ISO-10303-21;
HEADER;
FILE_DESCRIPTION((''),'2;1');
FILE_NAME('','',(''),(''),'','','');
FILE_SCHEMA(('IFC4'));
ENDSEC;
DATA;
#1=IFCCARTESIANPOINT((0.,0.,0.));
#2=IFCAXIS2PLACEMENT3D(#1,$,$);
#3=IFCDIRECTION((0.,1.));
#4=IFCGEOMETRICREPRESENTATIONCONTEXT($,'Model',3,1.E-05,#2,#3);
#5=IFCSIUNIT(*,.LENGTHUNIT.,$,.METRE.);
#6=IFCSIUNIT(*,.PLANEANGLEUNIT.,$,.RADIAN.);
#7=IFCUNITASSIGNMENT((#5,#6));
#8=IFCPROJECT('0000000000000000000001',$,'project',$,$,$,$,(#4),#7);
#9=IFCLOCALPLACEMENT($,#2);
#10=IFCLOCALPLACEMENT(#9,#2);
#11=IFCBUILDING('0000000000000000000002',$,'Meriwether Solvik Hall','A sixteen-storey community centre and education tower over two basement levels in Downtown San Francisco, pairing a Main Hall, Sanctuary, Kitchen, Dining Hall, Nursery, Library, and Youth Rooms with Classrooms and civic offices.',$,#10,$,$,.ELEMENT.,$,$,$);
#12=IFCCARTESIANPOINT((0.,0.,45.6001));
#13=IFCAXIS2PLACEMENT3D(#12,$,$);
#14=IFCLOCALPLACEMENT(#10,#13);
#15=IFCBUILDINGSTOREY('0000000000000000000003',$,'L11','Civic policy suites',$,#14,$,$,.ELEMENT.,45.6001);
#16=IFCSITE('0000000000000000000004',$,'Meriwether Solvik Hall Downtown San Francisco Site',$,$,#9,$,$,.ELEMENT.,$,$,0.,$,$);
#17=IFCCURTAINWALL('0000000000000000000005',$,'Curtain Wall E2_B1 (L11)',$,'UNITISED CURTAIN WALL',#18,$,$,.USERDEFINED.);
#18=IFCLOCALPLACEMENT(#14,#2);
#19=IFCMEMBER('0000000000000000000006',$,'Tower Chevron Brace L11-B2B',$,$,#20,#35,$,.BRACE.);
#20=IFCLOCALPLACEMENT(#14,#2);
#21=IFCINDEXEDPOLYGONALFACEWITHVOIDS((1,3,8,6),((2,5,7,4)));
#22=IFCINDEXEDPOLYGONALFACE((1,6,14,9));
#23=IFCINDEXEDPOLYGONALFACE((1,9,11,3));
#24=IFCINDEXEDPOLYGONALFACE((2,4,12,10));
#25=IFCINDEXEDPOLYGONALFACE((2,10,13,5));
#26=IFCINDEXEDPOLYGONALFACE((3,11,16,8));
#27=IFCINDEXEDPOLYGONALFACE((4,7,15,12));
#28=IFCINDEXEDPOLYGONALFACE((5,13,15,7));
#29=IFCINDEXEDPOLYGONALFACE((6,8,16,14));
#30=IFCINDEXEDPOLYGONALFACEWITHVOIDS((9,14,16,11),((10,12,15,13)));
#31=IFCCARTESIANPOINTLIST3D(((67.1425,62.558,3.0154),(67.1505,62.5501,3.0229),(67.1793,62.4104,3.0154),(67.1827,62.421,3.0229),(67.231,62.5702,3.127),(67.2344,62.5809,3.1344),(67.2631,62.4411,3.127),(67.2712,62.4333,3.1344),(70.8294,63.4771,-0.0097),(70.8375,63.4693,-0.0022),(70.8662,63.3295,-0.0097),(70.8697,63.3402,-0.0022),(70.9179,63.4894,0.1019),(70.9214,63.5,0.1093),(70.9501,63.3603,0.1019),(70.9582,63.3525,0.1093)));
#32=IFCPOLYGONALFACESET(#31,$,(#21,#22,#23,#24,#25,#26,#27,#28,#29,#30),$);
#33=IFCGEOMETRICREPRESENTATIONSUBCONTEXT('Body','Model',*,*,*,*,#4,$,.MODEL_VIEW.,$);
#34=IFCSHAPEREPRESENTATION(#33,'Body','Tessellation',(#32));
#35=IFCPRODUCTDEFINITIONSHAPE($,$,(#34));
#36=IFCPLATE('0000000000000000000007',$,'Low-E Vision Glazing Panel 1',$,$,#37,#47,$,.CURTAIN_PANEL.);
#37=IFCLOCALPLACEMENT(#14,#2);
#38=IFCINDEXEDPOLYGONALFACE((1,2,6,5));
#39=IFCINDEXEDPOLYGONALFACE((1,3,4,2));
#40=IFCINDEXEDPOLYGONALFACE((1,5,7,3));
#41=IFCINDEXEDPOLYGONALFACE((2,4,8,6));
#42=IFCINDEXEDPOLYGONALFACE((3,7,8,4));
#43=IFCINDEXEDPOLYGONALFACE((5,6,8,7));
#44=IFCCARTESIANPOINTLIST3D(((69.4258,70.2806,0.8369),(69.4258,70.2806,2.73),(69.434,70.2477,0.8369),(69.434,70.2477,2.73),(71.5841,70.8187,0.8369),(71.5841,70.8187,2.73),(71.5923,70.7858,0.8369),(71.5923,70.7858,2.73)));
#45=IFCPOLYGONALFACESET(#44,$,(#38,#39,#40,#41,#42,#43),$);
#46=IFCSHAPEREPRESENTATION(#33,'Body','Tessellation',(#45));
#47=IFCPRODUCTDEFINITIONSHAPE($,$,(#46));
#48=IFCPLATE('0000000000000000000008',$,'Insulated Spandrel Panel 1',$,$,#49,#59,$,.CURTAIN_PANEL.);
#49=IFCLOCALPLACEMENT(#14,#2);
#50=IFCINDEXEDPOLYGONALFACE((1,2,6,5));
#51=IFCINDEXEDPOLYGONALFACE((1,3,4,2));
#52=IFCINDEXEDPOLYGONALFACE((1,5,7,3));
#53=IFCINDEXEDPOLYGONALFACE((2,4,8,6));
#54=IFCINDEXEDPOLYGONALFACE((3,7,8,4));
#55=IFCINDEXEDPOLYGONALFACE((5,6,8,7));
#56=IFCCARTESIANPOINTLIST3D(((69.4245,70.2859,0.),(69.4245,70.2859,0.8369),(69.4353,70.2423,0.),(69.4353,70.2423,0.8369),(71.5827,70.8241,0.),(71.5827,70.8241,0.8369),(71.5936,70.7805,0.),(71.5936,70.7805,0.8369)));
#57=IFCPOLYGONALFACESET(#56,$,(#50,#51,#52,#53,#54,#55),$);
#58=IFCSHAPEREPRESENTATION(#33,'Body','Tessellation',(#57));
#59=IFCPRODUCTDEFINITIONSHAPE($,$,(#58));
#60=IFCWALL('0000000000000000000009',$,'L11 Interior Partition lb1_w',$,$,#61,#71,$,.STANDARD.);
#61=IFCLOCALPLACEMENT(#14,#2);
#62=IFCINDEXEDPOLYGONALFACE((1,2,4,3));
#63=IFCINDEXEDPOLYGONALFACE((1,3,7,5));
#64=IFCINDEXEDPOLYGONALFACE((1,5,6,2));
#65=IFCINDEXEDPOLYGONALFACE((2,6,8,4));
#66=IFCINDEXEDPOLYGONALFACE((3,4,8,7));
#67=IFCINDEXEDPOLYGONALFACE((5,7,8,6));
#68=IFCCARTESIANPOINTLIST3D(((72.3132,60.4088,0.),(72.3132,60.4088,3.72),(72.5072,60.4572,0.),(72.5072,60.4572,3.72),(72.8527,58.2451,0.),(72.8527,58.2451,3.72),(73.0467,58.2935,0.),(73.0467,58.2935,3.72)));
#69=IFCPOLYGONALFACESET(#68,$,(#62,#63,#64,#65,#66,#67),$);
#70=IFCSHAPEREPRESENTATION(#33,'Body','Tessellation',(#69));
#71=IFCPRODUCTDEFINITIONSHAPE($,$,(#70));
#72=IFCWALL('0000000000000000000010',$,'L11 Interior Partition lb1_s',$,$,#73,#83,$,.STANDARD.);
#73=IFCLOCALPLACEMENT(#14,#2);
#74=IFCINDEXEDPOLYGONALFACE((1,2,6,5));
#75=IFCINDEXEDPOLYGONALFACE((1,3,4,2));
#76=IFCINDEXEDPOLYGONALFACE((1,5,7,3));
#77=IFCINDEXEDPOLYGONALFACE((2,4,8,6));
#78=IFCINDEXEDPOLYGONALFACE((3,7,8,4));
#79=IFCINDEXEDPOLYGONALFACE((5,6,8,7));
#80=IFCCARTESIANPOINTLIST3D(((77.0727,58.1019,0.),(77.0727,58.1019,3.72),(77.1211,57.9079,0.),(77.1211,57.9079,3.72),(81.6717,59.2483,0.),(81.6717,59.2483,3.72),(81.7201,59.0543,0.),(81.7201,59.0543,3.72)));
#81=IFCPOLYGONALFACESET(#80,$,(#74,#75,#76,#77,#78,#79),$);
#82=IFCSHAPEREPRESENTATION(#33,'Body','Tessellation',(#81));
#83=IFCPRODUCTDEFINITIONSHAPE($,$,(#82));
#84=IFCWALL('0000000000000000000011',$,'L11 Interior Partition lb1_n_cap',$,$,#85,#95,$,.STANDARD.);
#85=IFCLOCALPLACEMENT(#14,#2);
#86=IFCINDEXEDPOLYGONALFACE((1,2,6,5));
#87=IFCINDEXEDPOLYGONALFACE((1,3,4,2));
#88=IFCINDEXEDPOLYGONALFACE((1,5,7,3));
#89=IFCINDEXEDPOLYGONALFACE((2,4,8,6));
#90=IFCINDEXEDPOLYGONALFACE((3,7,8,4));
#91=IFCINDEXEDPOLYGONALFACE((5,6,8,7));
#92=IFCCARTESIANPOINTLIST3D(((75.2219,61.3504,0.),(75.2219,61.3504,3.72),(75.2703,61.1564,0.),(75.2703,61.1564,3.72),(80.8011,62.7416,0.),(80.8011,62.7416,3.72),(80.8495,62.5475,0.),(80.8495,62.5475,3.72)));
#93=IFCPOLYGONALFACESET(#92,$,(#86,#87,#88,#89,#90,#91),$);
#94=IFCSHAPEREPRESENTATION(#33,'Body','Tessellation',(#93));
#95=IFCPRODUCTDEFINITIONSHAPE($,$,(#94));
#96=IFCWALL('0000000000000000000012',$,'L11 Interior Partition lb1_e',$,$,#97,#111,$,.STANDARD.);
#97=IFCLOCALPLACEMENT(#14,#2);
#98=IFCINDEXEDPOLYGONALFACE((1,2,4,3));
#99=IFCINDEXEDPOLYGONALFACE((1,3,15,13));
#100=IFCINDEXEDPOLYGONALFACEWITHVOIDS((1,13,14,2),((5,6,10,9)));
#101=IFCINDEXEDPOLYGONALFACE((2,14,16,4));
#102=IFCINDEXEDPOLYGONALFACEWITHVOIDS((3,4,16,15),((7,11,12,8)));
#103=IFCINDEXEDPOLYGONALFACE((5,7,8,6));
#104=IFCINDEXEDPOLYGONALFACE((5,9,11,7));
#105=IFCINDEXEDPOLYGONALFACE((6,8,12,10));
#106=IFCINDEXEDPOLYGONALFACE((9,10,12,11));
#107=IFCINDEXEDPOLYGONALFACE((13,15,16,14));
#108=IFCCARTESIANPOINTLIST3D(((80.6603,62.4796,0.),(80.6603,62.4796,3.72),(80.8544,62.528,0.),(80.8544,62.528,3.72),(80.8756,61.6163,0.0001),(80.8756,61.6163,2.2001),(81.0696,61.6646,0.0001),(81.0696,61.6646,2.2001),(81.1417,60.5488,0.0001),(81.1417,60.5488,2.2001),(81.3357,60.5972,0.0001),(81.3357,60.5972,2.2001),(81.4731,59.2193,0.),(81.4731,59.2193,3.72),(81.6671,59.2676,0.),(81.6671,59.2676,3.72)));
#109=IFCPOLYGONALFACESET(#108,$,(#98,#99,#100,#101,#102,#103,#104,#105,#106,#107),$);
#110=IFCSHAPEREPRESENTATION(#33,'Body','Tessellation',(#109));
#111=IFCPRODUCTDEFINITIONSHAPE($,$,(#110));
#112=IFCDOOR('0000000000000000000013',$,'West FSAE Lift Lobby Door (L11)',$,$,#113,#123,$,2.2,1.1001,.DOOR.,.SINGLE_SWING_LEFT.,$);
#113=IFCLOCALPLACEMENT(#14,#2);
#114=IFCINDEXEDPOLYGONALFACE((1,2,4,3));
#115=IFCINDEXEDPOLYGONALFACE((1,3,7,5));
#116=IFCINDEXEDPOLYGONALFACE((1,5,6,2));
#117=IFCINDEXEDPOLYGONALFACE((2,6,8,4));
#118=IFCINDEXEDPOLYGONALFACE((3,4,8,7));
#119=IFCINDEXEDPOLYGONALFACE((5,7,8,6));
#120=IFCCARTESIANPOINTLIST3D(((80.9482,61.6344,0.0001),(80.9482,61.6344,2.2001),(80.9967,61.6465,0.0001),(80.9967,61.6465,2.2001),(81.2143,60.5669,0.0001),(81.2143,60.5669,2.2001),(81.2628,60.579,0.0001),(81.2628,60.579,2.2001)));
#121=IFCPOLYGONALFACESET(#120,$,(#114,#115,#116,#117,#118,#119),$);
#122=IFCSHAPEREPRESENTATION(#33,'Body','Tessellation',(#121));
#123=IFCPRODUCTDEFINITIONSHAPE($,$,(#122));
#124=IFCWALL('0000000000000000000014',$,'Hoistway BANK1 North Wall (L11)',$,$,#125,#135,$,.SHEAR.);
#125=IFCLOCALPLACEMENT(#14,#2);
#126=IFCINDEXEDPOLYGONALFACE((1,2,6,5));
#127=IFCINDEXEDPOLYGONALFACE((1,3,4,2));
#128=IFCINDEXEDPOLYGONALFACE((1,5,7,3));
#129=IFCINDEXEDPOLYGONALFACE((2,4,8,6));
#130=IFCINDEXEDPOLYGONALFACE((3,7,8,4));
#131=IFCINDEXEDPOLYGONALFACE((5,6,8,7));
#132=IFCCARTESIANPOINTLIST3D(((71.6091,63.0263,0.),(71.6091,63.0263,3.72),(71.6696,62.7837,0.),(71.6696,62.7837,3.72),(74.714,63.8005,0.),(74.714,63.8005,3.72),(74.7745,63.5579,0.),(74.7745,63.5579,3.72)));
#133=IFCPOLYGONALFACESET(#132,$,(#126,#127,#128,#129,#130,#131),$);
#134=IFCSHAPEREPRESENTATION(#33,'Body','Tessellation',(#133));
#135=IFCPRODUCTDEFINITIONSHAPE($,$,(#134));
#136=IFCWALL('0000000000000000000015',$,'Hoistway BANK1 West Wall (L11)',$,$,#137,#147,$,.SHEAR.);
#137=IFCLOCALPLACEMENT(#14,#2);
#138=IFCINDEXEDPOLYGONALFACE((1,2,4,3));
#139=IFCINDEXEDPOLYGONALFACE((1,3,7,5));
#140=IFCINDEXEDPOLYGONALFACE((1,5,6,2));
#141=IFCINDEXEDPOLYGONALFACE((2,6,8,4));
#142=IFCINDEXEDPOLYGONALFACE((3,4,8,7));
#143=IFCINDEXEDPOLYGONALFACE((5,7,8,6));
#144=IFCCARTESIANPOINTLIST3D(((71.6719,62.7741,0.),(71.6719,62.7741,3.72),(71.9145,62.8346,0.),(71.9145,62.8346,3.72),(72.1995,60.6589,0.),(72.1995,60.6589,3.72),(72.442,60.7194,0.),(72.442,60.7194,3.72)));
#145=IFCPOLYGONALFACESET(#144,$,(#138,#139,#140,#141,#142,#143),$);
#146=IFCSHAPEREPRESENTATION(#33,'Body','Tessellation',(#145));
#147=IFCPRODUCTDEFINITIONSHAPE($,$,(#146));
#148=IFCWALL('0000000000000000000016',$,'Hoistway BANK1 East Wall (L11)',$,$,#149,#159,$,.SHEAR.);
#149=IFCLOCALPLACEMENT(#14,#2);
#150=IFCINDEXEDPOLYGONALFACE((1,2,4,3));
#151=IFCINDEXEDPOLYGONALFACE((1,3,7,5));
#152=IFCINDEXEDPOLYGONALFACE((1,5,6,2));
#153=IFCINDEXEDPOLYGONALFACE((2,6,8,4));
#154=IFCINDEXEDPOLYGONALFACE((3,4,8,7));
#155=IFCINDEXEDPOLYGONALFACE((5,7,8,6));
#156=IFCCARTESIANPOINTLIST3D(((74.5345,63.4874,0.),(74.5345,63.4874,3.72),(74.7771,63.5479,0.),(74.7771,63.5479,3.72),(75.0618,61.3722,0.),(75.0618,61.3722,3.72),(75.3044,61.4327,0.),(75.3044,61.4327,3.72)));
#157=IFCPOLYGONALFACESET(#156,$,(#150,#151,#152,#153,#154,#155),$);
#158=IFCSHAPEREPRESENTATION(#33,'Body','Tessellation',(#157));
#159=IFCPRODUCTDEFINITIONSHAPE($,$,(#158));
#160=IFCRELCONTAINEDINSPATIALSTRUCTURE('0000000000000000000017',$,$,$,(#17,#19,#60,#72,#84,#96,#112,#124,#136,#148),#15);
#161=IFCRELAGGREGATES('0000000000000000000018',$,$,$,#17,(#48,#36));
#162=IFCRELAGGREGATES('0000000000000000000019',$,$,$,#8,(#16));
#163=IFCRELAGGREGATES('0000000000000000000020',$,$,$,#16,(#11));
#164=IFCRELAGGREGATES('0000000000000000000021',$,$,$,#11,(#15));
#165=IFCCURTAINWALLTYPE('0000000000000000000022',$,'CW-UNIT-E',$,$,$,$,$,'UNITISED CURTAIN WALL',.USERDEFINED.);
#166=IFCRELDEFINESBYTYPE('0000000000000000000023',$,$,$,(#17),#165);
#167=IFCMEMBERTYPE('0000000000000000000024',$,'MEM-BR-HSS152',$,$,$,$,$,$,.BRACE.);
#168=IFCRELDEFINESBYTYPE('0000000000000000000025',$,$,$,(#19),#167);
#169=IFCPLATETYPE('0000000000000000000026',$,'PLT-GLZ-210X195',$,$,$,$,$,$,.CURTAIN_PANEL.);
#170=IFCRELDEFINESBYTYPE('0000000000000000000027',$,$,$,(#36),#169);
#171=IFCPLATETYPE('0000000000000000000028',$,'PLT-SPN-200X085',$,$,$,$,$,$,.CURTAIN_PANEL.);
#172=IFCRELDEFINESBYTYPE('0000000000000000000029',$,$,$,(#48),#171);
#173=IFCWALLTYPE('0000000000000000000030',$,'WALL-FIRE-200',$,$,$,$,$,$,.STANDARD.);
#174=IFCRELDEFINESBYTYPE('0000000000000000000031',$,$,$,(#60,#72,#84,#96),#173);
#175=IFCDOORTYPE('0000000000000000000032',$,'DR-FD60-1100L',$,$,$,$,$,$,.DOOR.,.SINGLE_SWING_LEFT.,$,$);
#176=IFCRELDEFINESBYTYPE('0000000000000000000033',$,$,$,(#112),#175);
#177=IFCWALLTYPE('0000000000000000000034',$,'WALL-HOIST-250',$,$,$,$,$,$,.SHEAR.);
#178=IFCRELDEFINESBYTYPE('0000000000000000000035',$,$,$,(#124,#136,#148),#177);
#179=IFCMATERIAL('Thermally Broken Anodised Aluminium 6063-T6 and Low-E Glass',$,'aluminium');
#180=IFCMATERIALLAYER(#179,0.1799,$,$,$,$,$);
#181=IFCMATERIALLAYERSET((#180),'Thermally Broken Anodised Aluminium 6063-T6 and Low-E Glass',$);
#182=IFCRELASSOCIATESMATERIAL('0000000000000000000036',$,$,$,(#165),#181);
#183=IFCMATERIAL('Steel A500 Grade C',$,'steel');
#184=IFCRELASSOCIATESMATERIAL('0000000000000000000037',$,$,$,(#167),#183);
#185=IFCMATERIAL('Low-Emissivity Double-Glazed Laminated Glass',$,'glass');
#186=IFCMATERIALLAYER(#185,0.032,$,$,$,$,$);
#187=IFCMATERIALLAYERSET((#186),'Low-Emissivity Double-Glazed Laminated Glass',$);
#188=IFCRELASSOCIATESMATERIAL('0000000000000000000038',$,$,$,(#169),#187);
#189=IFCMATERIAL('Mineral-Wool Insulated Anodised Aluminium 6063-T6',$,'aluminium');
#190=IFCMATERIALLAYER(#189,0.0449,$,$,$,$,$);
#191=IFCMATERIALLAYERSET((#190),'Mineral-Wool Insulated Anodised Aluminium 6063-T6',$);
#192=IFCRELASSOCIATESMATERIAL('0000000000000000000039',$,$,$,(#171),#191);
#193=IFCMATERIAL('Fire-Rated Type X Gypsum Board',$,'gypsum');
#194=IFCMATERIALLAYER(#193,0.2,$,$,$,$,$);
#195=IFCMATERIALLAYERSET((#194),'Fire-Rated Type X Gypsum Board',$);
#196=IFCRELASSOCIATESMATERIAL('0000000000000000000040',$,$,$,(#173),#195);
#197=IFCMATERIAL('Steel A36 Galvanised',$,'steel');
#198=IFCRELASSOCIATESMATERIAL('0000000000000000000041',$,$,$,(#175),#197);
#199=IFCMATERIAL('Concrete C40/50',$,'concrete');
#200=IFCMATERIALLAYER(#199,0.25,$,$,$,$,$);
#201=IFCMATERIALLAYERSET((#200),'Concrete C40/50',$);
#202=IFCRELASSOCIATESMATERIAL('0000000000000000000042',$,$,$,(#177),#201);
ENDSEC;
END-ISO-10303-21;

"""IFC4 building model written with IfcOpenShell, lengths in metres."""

from ifc_helpers import new_model, si_unit, direction, frame, frame_2d, origin, origin_2d, place, context, subcontext, project, spatial, rectangle, hollow_rectangle, extrude, material, layer, layer_set, material_profile, profile_set, type_object, element, fill, aggregate, save


model = new_model("IFC4")

# Units and contexts
model_context = context("Model", 3, precision=1e-05, world=origin(), true_north=direction((0.0, 1.0)))
body_context = subcontext(model_context, "Body", "Model", "MODEL_VIEW")
ifc_project = project(units=[si_unit("LENGTHUNIT", "METRE"), si_unit("PLANEANGLEUNIT", "RADIAN")], contexts=[model_context])

# Site, building, storey
site_placement = place(None, origin())
site = spatial("IfcSite", under=ifc_project, at=site_placement, Name="Meriwether Solvik Hall Downtown San Francisco Site", CompositionType="ELEMENT", RefElevation=0.0)
building_placement = place(site_placement, origin())
building = spatial("IfcBuilding", under=site, at=building_placement, Name="Meriwether Solvik Hall", Description="A sixteen-storey community centre and education tower over two basement levels in Downtown San Francisco, pairing a Main Hall, Sanctuary, Kitchen, Dining Hall, Nursery, Library, and Youth Rooms with Classrooms and civic offices.", CompositionType="ELEMENT")
storey_placement = place(building_placement, frame((0.0, 0.0, 45.6001)))
storey = spatial("IfcBuildingStorey", under=building, at=storey_placement, Name="L11", Description="Civic policy suites", CompositionType="ELEMENT", Elevation=45.6001)

# Curtain wall
ifc_material_1 = material(Name="Thermally Broken Anodised Aluminium 6063-T6 and Low-E Glass", Category="aluminium")
ifc_layer_1 = layer(ifc_material_1, 0.1799)
ifc_layer_set_1 = layer_set([ifc_layer_1], Name="Thermally Broken Anodised Aluminium 6063-T6 and Low-E Glass")
curtain_wall_type = type_object("IfcCurtainWallType", Name="CW-UNIT-E", ElementType="UNITISED CURTAIN WALL", PredefinedType="USERDEFINED", material=ifc_layer_set_1)
curtain_wall_placement = place(storey_placement, origin())
curtain_wall = element("IfcCurtainWall", 1, at=curtain_wall_placement, inside=storey, type_object=curtain_wall_type, Name="Curtain Wall E2_B1 (L11)", ObjectType="UNITISED CURTAIN WALL", PredefinedType="USERDEFINED")

# Member
ifc_material_2 = material(Name="Steel A500 Grade C", Category="steel")
ifc_material_profile_1 = material_profile(ifc_material_2, hollow_rectangle(XDim=0.1521, YDim=0.1521, WallThickness=0.0095, at=origin_2d()), Name="HSS152X152X9.5")
ifc_profile_set_1 = profile_set([ifc_material_profile_1], Name="Steel A500 Grade C")
member_type_1 = type_object("IfcMemberType", Name="MEM-BR-HSS152", PredefinedType="BRACE", material=ifc_profile_set_1)
member_1_placement = place(storey_placement, frame((70.8938, 63.4148, 0.0498), z_axis=(-0.759113, -0.18925, 0.622842), x_axis=(0.241901, -0.970301, 0.0)))
element("IfcMember", 2, at=member_1_placement, inside=storey, type_object=member_type_1, Name="Tower Chevron Brace L11-B2B", PredefinedType="BRACE", context=body_context, shape_type="SweptSolid", body=[
    extrude(hollow_rectangle(XDim=0.1521, YDim=0.1521, WallThickness=0.0095, at=origin_2d()), origin(), (0.0, 0.0, 1.0), 4.8569),
])

# Plates
ifc_material_3 = material(Name="Low-Emissivity Double-Glazed Laminated Glass", Category="glass")
ifc_layer_2 = layer(ifc_material_3, 0.032)
ifc_layer_set_2 = layer_set([ifc_layer_2], Name="Low-Emissivity Double-Glazed Laminated Glass")
plate_type_1 = type_object("IfcPlateType", Name="PLT-GLZ-210X195", PredefinedType="CURTAIN_PANEL", material=ifc_layer_set_2)
plate_1_placement = place(storey_placement, frame((70.509, 70.5332, 0.8369), z_axis=(0.0, 0.0, 1.0), x_axis=(0.970296, 0.241922, 0.0)))
plate_1 = element("IfcPlate", 3, at=plate_1_placement, type_object=plate_type_1, Name="Low-E Vision Glazing Panel 1", PredefinedType="CURTAIN_PANEL", context=body_context, shape_type="SweptSolid", body=[
    extrude(rectangle(XDim=2.2244, YDim=0.0339, at=origin_2d()), origin(), (0.0, 0.0, 1.0), 1.8931),
])
ifc_material_4 = material(Name="Mineral-Wool Insulated Anodised Aluminium 6063-T6", Category="aluminium")
ifc_layer_3 = layer(ifc_material_4, 0.0449)
ifc_layer_set_3 = layer_set([ifc_layer_3], Name="Mineral-Wool Insulated Anodised Aluminium 6063-T6")
plate_type_2 = type_object("IfcPlateType", Name="PLT-SPN-200X085", PredefinedType="CURTAIN_PANEL", material=ifc_layer_set_3)
plate_2_placement = place(storey_placement, frame((70.509, 70.5332, 0.0), z_axis=(0.0, 0.0, 1.0), x_axis=(0.970296, 0.241922, 0.0)))
plate_2 = element("IfcPlate", 4, at=plate_2_placement, type_object=plate_type_2, Name="Insulated Spandrel Panel 1", PredefinedType="CURTAIN_PANEL", context=body_context, shape_type="SweptSolid", body=[
    extrude(rectangle(XDim=2.2244, YDim=0.0449, at=origin_2d()), origin(), (0.0, 0.0, 1.0), 0.8369),
])
aggregate(curtain_wall, [plate_2, plate_1])

# Walls
ifc_material_5 = material(Name="Fire-Rated Type X Gypsum Board", Category="gypsum")
ifc_layer_4 = layer(ifc_material_5, 0.2)
ifc_layer_set_4 = layer_set([ifc_layer_4], Name="Fire-Rated Type X Gypsum Board")
wall_type_1 = type_object("IfcWallType", Name="WALL-FIRE-200", PredefinedType="STANDARD", material=ifc_layer_set_4)
wall_1_placement = place(storey_placement, frame((72.9497, 58.2693, 0.0), z_axis=(0.0, 0.0, 1.0), x_axis=(-0.241943, 0.97029, 0.0)))
element("IfcWall", 5, at=wall_1_placement, inside=storey, type_object=wall_type_1, Name="L11 Interior Partition lb1_w", PredefinedType="STANDARD", context=body_context, shape_type="SweptSolid", body=[
    extrude(rectangle(XDim=2.23, YDim=0.2, at=frame_2d((1.115, 0.0))), origin(), (0.0, 0.0, 1.0), 3.72),
])
wall_2_placement = place(storey_placement, frame((77.0969, 58.0049, 0.0), z_axis=(0.0, 0.0, 1.0), x_axis=(0.970306, 0.241881, 0.0)))
element("IfcWall", 6, at=wall_2_placement, inside=storey, type_object=wall_type_1, Name="L11 Interior Partition lb1_s", PredefinedType="STANDARD", context=body_context, shape_type="SweptSolid", body=[
    extrude(rectangle(XDim=4.7397, YDim=0.2, at=frame_2d((2.3699, 0.0))), origin(), (0.0, 0.0, 1.0), 3.72),
])
wall_3_placement = place(storey_placement, frame((75.2461, 61.2534, 0.0), z_axis=(0.0, 0.0, 1.0), x_axis=(0.970292, 0.241936, 0.0)))
element("IfcWall", 7, at=wall_3_placement, inside=storey, type_object=wall_type_1, Name="L11 Interior Partition lb1_n_cap", PredefinedType="STANDARD", context=body_context, shape_type="SweptSolid", body=[
    extrude(rectangle(XDim=5.75, YDim=0.2, at=frame_2d((2.875, 0.0))), origin(), (0.0, 0.0, 1.0), 3.72),
])

# Wall, opening, door
wall_4_placement = place(storey_placement, frame((80.7573, 62.5039, 0.0), z_axis=(0.0, 0.0, 1.0), x_axis=(0.241886, -0.970305, 0.0)))
wall_4 = element("IfcWall", 8, at=wall_4_placement, inside=storey, type_object=wall_type_1, Name="L11 Interior Partition lb1_e", PredefinedType="STANDARD", context=body_context, shape_type="SweptSolid", body=[
    extrude(rectangle(XDim=3.3601, YDim=0.2, at=frame_2d((1.6802, 0.0))), origin(), (0.0, 0.0, 1.0), 3.72),
])
opening_1_placement = place(wall_4_placement, frame((0.8899, 0.0, 0.0)))
opening_1 = element("IfcOpeningElement", 9, at=opening_1_placement, cuts=wall_4, PredefinedType="OPENING", context=body_context, shape_type="SweptSolid", body=[
    extrude(rectangle(XDim=1.1001, YDim=2.2, at=frame_2d((0.55, 1.1001))), frame((0.0, 0.1118, 0.0), z_axis=(0.0, -1.0, 0.0), x_axis=(1.0, 0.0, 0.0)), (0.0, 0.0, 1.0), 0.2239),
])
ifc_material_6 = material(Name="Steel A36 Galvanised", Category="steel")
door_type_1 = type_object("IfcDoorType", Name="DR-FD60-1100L", OperationType="SINGLE_SWING_LEFT", PredefinedType="DOOR", material=ifc_material_6)
door_1_placement = place(opening_1_placement, origin())
door_1 = element("IfcDoor", 10, at=door_1_placement, inside=storey, type_object=door_type_1, Name="West FSAE Lift Lobby Door (L11)", OperationType="SINGLE_SWING_LEFT", OverallHeight=2.2, OverallWidth=1.1001, PredefinedType="DOOR", context=body_context, shape_type="SweptSolid", body=[
    extrude(rectangle(XDim=1.1001, YDim=2.2, at=frame_2d((0.55, 1.1001))), frame((0.0, 0.0249, 0.0), z_axis=(0.0, -1.0, 0.0), x_axis=(1.0, 0.0, 0.0)), (0.0, 0.0, 1.0), 0.05),
])
fill(opening_1, door_1)

# Walls
ifc_material_7 = material(Name="Concrete C40/50", Category="concrete")
ifc_layer_5 = layer(ifc_material_7, 0.25)
ifc_layer_set_5 = layer_set([ifc_layer_5], Name="Concrete C40/50")
wall_type_2 = type_object("IfcWallType", Name="WALL-HOIST-250", PredefinedType="SHEAR", material=ifc_layer_set_5)
wall_5_placement = place(storey_placement, frame((74.7444, 63.6792, 0.0), z_axis=(0.0, 0.0, 1.0), x_axis=(-0.970295, -0.241925, 0.0)))
element("IfcWall", 11, at=wall_5_placement, inside=storey, type_object=wall_type_2, Name="Hoistway BANK1 North Wall (L11)", PredefinedType="SHEAR", context=body_context, shape_type="SweptSolid", body=[
    extrude(rectangle(XDim=3.2, YDim=0.25, at=frame_2d((1.6001, 0.0))), origin(), (0.0, 0.0, 1.0), 3.72),
])
for number, where, z_axis, x_axis, name in (
    (12, (71.7932, 62.8042, 0.0), (0.0, 0.0, 1.0), (0.242009, -0.970274, 0.0), "Hoistway BANK1 West Wall (L11)"),
    (13, (75.1831, 61.4026, 0.0), (0.0, 0.0, 1.0), (-0.241903, 0.9703, 0.0), "Hoistway BANK1 East Wall (L11)"),
):
    element("IfcWall", number, at=place(storey_placement, frame(where, z_axis=z_axis, x_axis=x_axis)), inside=storey, type_object=wall_type_2, Name=name, PredefinedType="SHEAR", context=body_context, shape_type="SweptSolid", body=[
        extrude(rectangle(XDim=2.1799, YDim=0.25, at=frame_2d((1.0898, 0.0))), origin(), (0.0, 0.0, 1.0), 3.72),
    ])

save(model, "model.ifc")
